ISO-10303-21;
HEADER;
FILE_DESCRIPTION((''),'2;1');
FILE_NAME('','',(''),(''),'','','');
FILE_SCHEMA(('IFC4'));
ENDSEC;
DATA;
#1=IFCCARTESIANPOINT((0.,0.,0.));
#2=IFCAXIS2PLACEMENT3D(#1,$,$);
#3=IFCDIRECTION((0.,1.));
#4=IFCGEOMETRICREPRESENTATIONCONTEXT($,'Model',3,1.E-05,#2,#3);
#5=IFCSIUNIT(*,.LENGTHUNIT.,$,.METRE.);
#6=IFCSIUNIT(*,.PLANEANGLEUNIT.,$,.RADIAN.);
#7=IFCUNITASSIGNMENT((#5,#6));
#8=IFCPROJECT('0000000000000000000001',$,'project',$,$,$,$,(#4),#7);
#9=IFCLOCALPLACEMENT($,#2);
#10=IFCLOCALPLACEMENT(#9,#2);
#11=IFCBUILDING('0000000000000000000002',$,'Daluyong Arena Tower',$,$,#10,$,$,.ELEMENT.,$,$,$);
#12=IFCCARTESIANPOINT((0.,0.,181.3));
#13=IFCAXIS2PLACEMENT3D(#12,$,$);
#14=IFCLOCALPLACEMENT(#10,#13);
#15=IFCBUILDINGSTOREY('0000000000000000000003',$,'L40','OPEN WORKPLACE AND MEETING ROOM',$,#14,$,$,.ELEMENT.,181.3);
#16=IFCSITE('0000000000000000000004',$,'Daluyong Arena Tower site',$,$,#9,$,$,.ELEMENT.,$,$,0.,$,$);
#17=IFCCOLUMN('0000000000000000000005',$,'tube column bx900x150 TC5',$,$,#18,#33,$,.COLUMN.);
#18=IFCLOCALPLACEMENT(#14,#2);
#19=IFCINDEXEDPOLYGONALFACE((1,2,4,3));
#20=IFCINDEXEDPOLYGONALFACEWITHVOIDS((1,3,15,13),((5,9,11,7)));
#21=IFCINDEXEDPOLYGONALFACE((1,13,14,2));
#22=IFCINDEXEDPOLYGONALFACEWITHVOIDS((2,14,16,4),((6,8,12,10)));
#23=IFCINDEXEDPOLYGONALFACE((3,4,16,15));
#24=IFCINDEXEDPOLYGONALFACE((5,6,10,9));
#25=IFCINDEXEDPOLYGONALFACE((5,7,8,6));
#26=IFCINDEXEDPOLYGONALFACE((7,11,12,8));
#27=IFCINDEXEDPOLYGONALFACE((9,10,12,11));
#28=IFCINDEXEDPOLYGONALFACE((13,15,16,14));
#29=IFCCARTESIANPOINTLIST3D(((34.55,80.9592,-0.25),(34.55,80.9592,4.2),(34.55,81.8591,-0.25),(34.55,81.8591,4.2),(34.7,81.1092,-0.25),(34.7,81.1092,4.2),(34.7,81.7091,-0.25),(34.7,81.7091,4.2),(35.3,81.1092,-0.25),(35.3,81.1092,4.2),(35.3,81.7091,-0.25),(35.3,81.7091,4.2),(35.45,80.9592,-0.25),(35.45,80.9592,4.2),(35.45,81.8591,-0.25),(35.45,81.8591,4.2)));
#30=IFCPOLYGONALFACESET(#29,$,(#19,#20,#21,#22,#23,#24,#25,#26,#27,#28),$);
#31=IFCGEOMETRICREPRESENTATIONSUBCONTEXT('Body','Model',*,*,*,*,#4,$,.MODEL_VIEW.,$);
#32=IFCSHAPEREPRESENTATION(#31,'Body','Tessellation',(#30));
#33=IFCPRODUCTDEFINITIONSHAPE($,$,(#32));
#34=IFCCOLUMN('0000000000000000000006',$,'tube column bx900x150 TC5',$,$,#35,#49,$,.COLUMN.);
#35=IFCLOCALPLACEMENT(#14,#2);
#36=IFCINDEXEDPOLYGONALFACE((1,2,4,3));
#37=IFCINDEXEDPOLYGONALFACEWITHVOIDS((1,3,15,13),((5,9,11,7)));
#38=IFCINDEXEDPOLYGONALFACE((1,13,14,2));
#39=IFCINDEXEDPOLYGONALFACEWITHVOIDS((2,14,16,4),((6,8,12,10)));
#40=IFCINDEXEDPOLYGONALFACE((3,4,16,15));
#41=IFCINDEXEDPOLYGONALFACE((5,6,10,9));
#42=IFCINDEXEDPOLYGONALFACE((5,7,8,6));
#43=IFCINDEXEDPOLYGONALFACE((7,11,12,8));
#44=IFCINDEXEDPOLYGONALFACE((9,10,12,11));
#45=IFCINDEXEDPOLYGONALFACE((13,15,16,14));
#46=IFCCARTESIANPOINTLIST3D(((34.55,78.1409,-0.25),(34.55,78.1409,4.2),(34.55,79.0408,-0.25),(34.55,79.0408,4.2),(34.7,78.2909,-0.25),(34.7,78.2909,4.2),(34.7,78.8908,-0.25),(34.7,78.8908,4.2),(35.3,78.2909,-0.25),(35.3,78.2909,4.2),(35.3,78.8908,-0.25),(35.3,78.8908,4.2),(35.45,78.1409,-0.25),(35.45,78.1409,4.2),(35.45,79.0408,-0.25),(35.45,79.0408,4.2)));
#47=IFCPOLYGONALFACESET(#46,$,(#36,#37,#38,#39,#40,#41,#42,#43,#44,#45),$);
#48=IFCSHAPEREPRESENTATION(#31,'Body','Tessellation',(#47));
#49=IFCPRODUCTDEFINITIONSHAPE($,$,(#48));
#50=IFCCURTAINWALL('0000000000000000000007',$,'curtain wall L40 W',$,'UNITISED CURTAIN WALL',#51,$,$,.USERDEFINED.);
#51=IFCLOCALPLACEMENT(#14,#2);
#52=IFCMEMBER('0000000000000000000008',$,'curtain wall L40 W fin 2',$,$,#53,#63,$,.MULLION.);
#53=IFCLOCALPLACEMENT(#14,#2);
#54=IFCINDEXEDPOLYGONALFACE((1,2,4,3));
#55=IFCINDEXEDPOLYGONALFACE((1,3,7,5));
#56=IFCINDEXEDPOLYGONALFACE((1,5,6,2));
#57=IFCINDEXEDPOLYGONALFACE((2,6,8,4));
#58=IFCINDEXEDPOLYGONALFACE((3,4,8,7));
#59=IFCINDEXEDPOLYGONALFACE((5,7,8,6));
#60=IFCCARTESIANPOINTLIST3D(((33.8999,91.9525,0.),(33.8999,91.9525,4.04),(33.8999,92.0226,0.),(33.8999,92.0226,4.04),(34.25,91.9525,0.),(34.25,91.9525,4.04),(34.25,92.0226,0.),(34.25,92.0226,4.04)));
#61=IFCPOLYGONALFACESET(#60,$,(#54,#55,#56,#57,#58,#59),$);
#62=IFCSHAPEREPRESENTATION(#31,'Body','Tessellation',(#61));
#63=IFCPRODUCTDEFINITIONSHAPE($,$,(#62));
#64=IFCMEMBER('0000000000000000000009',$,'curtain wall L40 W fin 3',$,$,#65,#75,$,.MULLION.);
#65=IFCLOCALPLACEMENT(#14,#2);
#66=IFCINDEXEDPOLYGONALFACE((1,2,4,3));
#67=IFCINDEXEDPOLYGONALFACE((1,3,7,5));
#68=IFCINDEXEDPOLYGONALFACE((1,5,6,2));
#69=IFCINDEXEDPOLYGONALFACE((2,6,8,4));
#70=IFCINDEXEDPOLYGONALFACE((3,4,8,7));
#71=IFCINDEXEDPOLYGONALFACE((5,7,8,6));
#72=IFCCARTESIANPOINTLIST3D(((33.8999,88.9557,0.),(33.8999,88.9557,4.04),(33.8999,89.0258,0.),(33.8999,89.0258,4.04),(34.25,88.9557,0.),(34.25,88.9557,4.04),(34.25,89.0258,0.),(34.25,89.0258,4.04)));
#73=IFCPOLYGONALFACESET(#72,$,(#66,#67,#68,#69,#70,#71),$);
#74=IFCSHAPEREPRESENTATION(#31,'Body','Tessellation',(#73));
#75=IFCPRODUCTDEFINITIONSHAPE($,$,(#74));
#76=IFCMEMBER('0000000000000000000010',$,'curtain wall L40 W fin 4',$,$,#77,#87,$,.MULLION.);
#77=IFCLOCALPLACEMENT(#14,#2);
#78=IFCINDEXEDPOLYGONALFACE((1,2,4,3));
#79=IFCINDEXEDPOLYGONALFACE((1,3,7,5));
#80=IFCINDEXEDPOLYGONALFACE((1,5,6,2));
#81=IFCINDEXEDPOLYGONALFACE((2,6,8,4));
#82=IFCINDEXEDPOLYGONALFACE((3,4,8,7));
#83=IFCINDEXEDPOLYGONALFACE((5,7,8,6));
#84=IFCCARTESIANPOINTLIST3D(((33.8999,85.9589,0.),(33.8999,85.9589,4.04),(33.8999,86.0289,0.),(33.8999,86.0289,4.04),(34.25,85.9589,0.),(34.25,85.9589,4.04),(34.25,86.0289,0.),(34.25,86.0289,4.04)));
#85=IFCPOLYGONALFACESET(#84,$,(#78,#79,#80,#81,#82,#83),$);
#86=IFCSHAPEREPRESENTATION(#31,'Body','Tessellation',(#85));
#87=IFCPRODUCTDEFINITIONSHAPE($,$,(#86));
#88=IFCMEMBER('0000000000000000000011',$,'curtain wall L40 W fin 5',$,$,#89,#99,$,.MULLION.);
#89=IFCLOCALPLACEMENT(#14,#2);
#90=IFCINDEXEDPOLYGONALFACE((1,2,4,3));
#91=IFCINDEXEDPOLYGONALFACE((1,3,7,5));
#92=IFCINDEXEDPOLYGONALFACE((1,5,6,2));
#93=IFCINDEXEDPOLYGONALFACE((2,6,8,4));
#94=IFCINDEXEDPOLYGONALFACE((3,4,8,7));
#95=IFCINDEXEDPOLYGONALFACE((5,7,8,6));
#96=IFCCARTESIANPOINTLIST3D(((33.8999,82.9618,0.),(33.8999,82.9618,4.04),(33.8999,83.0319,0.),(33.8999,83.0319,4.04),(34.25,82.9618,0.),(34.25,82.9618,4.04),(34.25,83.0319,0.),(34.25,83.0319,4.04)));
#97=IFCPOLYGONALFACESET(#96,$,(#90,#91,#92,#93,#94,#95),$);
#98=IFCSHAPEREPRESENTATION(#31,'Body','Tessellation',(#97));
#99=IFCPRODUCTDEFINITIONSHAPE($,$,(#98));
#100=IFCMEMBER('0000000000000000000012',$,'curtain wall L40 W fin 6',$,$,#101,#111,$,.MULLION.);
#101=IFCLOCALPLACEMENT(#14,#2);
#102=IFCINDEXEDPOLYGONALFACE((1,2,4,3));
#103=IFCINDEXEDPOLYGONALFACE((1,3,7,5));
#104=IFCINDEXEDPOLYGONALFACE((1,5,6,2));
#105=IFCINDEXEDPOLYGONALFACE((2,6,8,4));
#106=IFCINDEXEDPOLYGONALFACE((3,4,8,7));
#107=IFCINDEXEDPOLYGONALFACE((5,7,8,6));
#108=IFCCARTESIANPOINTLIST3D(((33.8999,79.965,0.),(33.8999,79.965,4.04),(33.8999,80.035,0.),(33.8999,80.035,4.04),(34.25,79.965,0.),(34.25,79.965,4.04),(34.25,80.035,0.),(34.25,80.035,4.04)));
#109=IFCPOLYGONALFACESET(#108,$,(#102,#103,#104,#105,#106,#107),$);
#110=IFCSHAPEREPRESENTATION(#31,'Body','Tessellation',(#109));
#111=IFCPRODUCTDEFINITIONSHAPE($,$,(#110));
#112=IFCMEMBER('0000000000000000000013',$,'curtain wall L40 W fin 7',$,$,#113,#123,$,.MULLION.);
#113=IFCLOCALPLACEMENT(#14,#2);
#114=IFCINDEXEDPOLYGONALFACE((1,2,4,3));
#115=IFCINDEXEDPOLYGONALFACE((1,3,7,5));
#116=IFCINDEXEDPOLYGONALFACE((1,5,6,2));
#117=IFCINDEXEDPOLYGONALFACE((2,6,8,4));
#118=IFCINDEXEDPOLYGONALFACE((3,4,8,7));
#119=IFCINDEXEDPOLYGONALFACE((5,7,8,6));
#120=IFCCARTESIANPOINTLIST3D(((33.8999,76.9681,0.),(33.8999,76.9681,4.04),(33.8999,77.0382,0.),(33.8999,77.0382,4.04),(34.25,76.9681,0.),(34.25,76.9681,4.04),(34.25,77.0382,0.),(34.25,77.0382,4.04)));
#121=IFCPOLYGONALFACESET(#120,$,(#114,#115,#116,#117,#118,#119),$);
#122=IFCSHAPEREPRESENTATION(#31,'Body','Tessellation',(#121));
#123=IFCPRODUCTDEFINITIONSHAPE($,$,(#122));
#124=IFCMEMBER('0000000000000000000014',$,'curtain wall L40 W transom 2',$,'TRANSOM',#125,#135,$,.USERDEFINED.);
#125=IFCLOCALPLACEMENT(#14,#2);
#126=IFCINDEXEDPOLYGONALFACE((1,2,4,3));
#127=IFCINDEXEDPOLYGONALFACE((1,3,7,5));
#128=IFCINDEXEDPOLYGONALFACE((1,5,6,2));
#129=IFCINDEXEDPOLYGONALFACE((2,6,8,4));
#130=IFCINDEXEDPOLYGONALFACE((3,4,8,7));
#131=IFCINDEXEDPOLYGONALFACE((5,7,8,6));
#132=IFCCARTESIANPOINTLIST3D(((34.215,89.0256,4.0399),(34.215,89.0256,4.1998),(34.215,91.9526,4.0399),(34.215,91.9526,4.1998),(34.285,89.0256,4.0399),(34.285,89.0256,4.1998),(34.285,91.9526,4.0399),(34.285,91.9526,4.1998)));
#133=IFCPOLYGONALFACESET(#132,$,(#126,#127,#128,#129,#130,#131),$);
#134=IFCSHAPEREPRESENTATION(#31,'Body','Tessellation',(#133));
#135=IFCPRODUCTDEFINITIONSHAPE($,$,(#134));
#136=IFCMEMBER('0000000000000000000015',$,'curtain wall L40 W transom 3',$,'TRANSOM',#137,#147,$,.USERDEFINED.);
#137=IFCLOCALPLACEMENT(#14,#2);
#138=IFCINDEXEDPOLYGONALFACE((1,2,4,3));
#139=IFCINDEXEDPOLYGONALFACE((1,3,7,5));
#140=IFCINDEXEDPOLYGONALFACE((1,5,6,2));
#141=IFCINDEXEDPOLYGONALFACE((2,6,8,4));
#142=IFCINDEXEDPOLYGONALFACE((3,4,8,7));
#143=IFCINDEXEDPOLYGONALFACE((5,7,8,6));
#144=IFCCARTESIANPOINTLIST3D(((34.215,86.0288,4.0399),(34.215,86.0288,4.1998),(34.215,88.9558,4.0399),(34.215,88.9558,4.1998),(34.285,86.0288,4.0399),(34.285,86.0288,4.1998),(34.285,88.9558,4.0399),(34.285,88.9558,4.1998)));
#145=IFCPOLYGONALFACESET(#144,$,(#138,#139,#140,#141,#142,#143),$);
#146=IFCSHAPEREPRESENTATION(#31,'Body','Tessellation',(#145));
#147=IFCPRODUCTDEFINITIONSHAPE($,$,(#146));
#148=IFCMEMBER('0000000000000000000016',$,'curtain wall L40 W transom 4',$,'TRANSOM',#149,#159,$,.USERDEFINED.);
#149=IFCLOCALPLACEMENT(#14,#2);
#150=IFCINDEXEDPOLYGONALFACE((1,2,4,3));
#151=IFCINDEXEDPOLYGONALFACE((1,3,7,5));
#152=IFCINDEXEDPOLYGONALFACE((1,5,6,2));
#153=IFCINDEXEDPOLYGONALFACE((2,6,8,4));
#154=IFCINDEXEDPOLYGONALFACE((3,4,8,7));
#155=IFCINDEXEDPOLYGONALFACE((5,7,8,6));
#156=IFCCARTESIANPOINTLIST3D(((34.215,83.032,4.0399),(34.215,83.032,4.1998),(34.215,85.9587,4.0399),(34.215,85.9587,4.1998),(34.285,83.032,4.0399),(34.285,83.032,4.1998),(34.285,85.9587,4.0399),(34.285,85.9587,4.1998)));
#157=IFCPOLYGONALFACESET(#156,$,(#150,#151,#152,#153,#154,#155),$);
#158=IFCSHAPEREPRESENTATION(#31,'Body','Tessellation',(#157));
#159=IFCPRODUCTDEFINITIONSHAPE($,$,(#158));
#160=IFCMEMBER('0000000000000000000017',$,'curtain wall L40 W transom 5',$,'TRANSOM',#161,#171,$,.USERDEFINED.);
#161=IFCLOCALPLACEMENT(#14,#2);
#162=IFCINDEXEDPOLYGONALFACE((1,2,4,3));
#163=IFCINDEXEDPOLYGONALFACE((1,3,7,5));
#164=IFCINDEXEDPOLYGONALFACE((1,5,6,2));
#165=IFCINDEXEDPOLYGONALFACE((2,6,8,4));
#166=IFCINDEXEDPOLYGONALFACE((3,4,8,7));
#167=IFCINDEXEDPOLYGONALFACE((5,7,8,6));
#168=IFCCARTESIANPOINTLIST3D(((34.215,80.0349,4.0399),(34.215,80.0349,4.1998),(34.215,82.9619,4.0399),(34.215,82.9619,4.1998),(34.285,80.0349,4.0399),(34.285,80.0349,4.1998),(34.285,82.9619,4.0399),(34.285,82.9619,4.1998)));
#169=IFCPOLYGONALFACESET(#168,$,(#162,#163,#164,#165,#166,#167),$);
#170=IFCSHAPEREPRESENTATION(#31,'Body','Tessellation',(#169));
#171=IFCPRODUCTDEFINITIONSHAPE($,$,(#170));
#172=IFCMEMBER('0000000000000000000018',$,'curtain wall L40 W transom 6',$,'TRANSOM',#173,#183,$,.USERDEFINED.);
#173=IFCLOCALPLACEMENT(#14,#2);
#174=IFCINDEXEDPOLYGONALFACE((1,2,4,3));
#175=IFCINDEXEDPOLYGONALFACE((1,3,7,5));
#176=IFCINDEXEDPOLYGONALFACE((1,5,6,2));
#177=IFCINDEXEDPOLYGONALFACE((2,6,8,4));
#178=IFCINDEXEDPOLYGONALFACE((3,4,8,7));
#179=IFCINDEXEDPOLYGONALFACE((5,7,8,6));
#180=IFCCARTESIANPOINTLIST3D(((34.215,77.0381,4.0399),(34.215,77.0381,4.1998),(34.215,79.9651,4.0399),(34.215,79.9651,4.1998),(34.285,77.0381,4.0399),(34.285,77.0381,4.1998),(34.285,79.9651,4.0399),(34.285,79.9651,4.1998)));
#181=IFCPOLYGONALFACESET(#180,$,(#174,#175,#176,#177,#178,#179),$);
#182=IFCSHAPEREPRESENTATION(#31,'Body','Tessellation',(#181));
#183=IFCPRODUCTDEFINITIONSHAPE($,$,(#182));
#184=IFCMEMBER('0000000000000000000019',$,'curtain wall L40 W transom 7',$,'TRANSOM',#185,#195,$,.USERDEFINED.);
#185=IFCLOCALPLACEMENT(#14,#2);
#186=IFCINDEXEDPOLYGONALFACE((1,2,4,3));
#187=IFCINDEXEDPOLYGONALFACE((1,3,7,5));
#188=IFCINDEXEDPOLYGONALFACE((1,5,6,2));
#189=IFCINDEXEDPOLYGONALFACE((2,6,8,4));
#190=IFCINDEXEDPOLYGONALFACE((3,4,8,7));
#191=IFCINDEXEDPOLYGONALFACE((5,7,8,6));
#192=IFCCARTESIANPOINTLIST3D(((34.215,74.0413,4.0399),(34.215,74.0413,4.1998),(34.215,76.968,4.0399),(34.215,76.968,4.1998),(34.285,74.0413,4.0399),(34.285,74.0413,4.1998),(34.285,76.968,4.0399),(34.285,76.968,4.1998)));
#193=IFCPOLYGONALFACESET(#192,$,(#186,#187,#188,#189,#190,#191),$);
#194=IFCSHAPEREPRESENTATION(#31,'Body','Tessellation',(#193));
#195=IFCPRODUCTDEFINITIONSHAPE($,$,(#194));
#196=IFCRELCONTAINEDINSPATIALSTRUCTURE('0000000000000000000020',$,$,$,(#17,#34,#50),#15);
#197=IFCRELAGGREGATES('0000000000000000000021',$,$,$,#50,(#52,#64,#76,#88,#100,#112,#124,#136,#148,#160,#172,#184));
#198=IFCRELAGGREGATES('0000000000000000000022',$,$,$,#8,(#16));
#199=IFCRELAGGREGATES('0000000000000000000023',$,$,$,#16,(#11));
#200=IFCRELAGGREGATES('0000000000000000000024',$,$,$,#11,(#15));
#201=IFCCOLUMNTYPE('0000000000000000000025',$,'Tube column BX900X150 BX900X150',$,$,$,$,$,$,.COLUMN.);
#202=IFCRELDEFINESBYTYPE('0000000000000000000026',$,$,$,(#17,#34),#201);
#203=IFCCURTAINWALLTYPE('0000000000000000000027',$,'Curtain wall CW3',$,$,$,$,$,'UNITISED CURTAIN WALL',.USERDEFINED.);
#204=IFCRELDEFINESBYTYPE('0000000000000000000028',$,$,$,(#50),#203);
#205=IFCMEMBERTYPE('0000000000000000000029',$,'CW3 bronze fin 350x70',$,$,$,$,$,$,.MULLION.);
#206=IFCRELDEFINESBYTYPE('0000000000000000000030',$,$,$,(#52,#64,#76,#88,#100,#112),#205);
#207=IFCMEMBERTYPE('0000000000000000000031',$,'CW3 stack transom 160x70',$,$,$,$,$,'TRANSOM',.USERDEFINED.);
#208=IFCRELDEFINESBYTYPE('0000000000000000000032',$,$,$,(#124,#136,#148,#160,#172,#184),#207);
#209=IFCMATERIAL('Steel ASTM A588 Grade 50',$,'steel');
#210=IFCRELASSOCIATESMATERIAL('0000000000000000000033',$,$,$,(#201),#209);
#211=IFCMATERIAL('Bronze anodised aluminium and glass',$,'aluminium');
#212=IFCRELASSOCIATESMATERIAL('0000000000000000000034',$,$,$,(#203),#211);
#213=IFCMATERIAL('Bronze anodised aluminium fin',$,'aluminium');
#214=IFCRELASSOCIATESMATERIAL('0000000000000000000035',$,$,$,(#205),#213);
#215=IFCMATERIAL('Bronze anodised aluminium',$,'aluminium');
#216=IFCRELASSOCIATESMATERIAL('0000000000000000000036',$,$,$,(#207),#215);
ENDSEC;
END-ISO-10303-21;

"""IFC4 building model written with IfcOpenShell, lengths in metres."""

from ifc_helpers import new_model, si_unit, direction, frame, origin, origin_2d, place, context, subcontext, project, spatial, rectangle, hollow_rectangle, extrude, material, material_profile, profile_set, type_object, element, aggregate, save


model = new_model("IFC4")

# Units and contexts
model_context = context("Model", 3, precision=1e-05, world=origin(), true_north=direction((0.0, 1.0)))
body_context = subcontext(model_context, "Body", "Model", "MODEL_VIEW")
ifc_project = project(units=[si_unit("LENGTHUNIT", "METRE"), si_unit("PLANEANGLEUNIT", "RADIAN")], contexts=[model_context])

# Site, building, storey
site_placement = place(None, origin())
site = spatial("IfcSite", under=ifc_project, at=site_placement, Name="Daluyong Arena Tower site", CompositionType="ELEMENT", RefElevation=0.0)
building_placement = place(site_placement, origin())
building = spatial("IfcBuilding", under=site, at=building_placement, Name="Daluyong Arena Tower", CompositionType="ELEMENT")
storey_placement = place(building_placement, frame((0.0, 0.0, 181.3)))
storey = spatial("IfcBuildingStorey", under=building, at=storey_placement, Name="L40", Description="OPEN WORKPLACE AND MEETING ROOM", CompositionType="ELEMENT", Elevation=181.3)

# Columns
ifc_material_1 = material(Name="Steel ASTM A588 Grade 50", Category="steel")
ifc_material_profile_1 = material_profile(ifc_material_1, hollow_rectangle(XDim=0.8999, YDim=0.8999, WallThickness=0.15, at=origin_2d()))
ifc_profile_set_1 = profile_set([ifc_material_profile_1], Name="Steel ASTM A588 Grade 50")
column_type = type_object("IfcColumnType", Name="Tube column BX900X150 BX900X150", PredefinedType="COLUMN", material=ifc_profile_set_1)
for number, where, z_axis, x_axis, name in (
    (1, (35.0, 81.4092, -0.25), (0.0, 0.0, 1.0), (0.0, 1.0, 0.0), "tube column bx900x150 TC5"),
    (2, (35.0, 78.5908, -0.25), (0.0, 0.0, 1.0), (0.0, 1.0, 0.0), "tube column bx900x150 TC5"),
):
    element("IfcColumn", number, at=place(storey_placement, frame(where, z_axis=z_axis, x_axis=x_axis)), inside=storey, type_object=column_type, Name=name, PredefinedType="COLUMN", context=body_context, shape_type="SweptSolid", body=[
        extrude(hollow_rectangle(XDim=0.8999, YDim=0.8999, WallThickness=0.15, at=origin_2d()), origin(), (0.0, 0.0, 1.0), 4.45),
    ])

# Curtain wall, members
ifc_material_2 = material(Name="Bronze anodised aluminium and glass", Category="aluminium")
curtain_wall_type = type_object("IfcCurtainWallType", Name="Curtain wall CW3", ElementType="UNITISED CURTAIN WALL", PredefinedType="USERDEFINED", material=ifc_material_2)
curtain_wall_placement = place(storey_placement, origin())
curtain_wall = element("IfcCurtainWall", 3, at=curtain_wall_placement, inside=storey, type_object=curtain_wall_type, Name="curtain wall L40 W", ObjectType="UNITISED CURTAIN WALL", PredefinedType="USERDEFINED")
ifc_material_3 = material(Name="Bronze anodised aluminium fin", Category="aluminium")
ifc_material_profile_2 = material_profile(ifc_material_3, rectangle(XDim=0.3501, YDim=0.0701, at=origin_2d()))
ifc_profile_set_2 = profile_set([ifc_material_profile_2], Name="Bronze anodised aluminium fin")
member_type_1 = type_object("IfcMemberType", Name="CW3 bronze fin 350x70", PredefinedType="MULLION", material=ifc_profile_set_2)
member_1_placement = place(storey_placement, frame((34.075, 91.9875, 0.0), z_axis=(0.0, 0.0, 1.0), x_axis=(1.0, 0.0, 0.0)))
member_1 = element("IfcMember", 4, at=member_1_placement, type_object=member_type_1, Name="curtain wall L40 W fin 2", PredefinedType="MULLION", context=body_context, shape_type="SweptSolid", body=[
    extrude(rectangle(XDim=0.3501, YDim=0.0701, at=origin_2d()), origin(), (0.0, 0.0, 1.0), 4.04),
])
member_2_placement = place(storey_placement, frame((34.075, 88.9907, 0.0), z_axis=(0.0, 0.0, 1.0), x_axis=(1.0, 0.0, 0.0)))
member_2 = element("IfcMember", 5, at=member_2_placement, type_object=member_type_1, Name="curtain wall L40 W fin 3", PredefinedType="MULLION", context=body_context, shape_type="SweptSolid", body=[
    extrude(rectangle(XDim=0.3501, YDim=0.0701, at=origin_2d()), origin(), (0.0, 0.0, 1.0), 4.04),
])
member_3_placement = place(storey_placement, frame((34.075, 85.9939, 0.0), z_axis=(0.0, 0.0, 1.0), x_axis=(1.0, 0.0, 0.0)))
member_3 = element("IfcMember", 6, at=member_3_placement, type_object=member_type_1, Name="curtain wall L40 W fin 4", PredefinedType="MULLION", context=body_context, shape_type="SweptSolid", body=[
    extrude(rectangle(XDim=0.3501, YDim=0.0701, at=origin_2d()), origin(), (0.0, 0.0, 1.0), 4.04),
])
member_4_placement = place(storey_placement, frame((34.075, 82.9968, 0.0), z_axis=(0.0, 0.0, 1.0), x_axis=(1.0, 0.0, 0.0)))
member_4 = element("IfcMember", 7, at=member_4_placement, type_object=member_type_1, Name="curtain wall L40 W fin 5", PredefinedType="MULLION", context=body_context, shape_type="SweptSolid", body=[
    extrude(rectangle(XDim=0.3501, YDim=0.0701, at=origin_2d()), origin(), (0.0, 0.0, 1.0), 4.04),
])
member_5_placement = place(storey_placement, frame((34.075, 80.0, 0.0), z_axis=(0.0, 0.0, 1.0), x_axis=(1.0, 0.0, 0.0)))
member_5 = element("IfcMember", 8, at=member_5_placement, type_object=member_type_1, Name="curtain wall L40 W fin 6", PredefinedType="MULLION", context=body_context, shape_type="SweptSolid", body=[
    extrude(rectangle(XDim=0.3501, YDim=0.0701, at=origin_2d()), origin(), (0.0, 0.0, 1.0), 4.04),
])
member_6_placement = place(storey_placement, frame((34.075, 77.0032, 0.0), z_axis=(0.0, 0.0, 1.0), x_axis=(1.0, 0.0, 0.0)))
member_6 = element("IfcMember", 9, at=member_6_placement, type_object=member_type_1, Name="curtain wall L40 W fin 7", PredefinedType="MULLION", context=body_context, shape_type="SweptSolid", body=[
    extrude(rectangle(XDim=0.3501, YDim=0.0701, at=origin_2d()), origin(), (0.0, 0.0, 1.0), 4.04),
])
ifc_material_4 = material(Name="Bronze anodised aluminium", Category="aluminium")
ifc_material_profile_3 = material_profile(ifc_material_4, rectangle(XDim=0.0701, YDim=0.1599, at=origin_2d()))
ifc_profile_set_3 = profile_set([ifc_material_profile_3], Name="Bronze anodised aluminium")
member_type_2 = type_object("IfcMemberType", Name="CW3 stack transom 160x70", ElementType="TRANSOM", PredefinedType="USERDEFINED", material=ifc_profile_set_3)
member_7_placement = place(storey_placement, frame((34.25, 91.9526, 4.1199), z_axis=(0.0, -1.0, 0.0), x_axis=(1.0, 0.0, 0.0)))
member_7 = element("IfcMember", 10, at=member_7_placement, type_object=member_type_2, Name="curtain wall L40 W transom 2", ObjectType="TRANSOM", PredefinedType="USERDEFINED", context=body_context, shape_type="SweptSolid", body=[
    extrude(rectangle(XDim=0.0701, YDim=0.1599, at=origin_2d()), origin(), (0.0, 0.0, 1.0), 2.927),
])
member_8_placement = place(storey_placement, frame((34.25, 88.9558, 4.1199), z_axis=(0.0, -1.0, 0.0), x_axis=(1.0, 0.0, 0.0)))
member_8 = element("IfcMember", 11, at=member_8_placement, type_object=member_type_2, Name="curtain wall L40 W transom 3", ObjectType="TRANSOM", PredefinedType="USERDEFINED", context=body_context, shape_type="SweptSolid", body=[
    extrude(rectangle(XDim=0.0701, YDim=0.1599, at=origin_2d()), origin(), (0.0, 0.0, 1.0), 2.927),
])
member_9_placement = place(storey_placement, frame((34.25, 85.9587, 4.1199), z_axis=(0.0, -1.0, 0.0), x_axis=(1.0, 0.0, 0.0)))
member_9 = element("IfcMember", 12, at=member_9_placement, type_object=member_type_2, Name="curtain wall L40 W transom 4", ObjectType="TRANSOM", PredefinedType="USERDEFINED", context=body_context, shape_type="SweptSolid", body=[
    extrude(rectangle(XDim=0.0701, YDim=0.1599, at=origin_2d()), origin(), (0.0, 0.0, 1.0), 2.9268),
])
member_10_placement = place(storey_placement, frame((34.25, 82.9619, 4.1199), z_axis=(0.0, -1.0, 0.0), x_axis=(1.0, 0.0, 0.0)))
member_10 = element("IfcMember", 13, at=member_10_placement, type_object=member_type_2, Name="curtain wall L40 W transom 5", ObjectType="TRANSOM", PredefinedType="USERDEFINED", context=body_context, shape_type="SweptSolid", body=[
    extrude(rectangle(XDim=0.0701, YDim=0.1599, at=origin_2d()), origin(), (0.0, 0.0, 1.0), 2.927),
])
member_11_placement = place(storey_placement, frame((34.25, 79.9651, 4.1199), z_axis=(0.0, -1.0, 0.0), x_axis=(1.0, 0.0, 0.0)))
member_11 = element("IfcMember", 14, at=member_11_placement, type_object=member_type_2, Name="curtain wall L40 W transom 6", ObjectType="TRANSOM", PredefinedType="USERDEFINED", context=body_context, shape_type="SweptSolid", body=[
    extrude(rectangle(XDim=0.0701, YDim=0.1599, at=origin_2d()), origin(), (0.0, 0.0, 1.0), 2.927),
])
member_12_placement = place(storey_placement, frame((34.25, 76.968, 4.1199), z_axis=(0.0, -1.0, 0.0), x_axis=(1.0, 0.0, 0.0)))
member_12 = element("IfcMember", 15, at=member_12_placement, type_object=member_type_2, Name="curtain wall L40 W transom 7", ObjectType="TRANSOM", PredefinedType="USERDEFINED", context=body_context, shape_type="SweptSolid", body=[
    extrude(rectangle(XDim=0.0701, YDim=0.1599, at=origin_2d()), origin(), (0.0, 0.0, 1.0), 2.9268),
])

aggregate(curtain_wall, [member_1, member_2, member_3, member_4, member_5, member_6, member_7, member_8, member_9, member_10, member_11, member_12])

save(model, "model.ifc")
